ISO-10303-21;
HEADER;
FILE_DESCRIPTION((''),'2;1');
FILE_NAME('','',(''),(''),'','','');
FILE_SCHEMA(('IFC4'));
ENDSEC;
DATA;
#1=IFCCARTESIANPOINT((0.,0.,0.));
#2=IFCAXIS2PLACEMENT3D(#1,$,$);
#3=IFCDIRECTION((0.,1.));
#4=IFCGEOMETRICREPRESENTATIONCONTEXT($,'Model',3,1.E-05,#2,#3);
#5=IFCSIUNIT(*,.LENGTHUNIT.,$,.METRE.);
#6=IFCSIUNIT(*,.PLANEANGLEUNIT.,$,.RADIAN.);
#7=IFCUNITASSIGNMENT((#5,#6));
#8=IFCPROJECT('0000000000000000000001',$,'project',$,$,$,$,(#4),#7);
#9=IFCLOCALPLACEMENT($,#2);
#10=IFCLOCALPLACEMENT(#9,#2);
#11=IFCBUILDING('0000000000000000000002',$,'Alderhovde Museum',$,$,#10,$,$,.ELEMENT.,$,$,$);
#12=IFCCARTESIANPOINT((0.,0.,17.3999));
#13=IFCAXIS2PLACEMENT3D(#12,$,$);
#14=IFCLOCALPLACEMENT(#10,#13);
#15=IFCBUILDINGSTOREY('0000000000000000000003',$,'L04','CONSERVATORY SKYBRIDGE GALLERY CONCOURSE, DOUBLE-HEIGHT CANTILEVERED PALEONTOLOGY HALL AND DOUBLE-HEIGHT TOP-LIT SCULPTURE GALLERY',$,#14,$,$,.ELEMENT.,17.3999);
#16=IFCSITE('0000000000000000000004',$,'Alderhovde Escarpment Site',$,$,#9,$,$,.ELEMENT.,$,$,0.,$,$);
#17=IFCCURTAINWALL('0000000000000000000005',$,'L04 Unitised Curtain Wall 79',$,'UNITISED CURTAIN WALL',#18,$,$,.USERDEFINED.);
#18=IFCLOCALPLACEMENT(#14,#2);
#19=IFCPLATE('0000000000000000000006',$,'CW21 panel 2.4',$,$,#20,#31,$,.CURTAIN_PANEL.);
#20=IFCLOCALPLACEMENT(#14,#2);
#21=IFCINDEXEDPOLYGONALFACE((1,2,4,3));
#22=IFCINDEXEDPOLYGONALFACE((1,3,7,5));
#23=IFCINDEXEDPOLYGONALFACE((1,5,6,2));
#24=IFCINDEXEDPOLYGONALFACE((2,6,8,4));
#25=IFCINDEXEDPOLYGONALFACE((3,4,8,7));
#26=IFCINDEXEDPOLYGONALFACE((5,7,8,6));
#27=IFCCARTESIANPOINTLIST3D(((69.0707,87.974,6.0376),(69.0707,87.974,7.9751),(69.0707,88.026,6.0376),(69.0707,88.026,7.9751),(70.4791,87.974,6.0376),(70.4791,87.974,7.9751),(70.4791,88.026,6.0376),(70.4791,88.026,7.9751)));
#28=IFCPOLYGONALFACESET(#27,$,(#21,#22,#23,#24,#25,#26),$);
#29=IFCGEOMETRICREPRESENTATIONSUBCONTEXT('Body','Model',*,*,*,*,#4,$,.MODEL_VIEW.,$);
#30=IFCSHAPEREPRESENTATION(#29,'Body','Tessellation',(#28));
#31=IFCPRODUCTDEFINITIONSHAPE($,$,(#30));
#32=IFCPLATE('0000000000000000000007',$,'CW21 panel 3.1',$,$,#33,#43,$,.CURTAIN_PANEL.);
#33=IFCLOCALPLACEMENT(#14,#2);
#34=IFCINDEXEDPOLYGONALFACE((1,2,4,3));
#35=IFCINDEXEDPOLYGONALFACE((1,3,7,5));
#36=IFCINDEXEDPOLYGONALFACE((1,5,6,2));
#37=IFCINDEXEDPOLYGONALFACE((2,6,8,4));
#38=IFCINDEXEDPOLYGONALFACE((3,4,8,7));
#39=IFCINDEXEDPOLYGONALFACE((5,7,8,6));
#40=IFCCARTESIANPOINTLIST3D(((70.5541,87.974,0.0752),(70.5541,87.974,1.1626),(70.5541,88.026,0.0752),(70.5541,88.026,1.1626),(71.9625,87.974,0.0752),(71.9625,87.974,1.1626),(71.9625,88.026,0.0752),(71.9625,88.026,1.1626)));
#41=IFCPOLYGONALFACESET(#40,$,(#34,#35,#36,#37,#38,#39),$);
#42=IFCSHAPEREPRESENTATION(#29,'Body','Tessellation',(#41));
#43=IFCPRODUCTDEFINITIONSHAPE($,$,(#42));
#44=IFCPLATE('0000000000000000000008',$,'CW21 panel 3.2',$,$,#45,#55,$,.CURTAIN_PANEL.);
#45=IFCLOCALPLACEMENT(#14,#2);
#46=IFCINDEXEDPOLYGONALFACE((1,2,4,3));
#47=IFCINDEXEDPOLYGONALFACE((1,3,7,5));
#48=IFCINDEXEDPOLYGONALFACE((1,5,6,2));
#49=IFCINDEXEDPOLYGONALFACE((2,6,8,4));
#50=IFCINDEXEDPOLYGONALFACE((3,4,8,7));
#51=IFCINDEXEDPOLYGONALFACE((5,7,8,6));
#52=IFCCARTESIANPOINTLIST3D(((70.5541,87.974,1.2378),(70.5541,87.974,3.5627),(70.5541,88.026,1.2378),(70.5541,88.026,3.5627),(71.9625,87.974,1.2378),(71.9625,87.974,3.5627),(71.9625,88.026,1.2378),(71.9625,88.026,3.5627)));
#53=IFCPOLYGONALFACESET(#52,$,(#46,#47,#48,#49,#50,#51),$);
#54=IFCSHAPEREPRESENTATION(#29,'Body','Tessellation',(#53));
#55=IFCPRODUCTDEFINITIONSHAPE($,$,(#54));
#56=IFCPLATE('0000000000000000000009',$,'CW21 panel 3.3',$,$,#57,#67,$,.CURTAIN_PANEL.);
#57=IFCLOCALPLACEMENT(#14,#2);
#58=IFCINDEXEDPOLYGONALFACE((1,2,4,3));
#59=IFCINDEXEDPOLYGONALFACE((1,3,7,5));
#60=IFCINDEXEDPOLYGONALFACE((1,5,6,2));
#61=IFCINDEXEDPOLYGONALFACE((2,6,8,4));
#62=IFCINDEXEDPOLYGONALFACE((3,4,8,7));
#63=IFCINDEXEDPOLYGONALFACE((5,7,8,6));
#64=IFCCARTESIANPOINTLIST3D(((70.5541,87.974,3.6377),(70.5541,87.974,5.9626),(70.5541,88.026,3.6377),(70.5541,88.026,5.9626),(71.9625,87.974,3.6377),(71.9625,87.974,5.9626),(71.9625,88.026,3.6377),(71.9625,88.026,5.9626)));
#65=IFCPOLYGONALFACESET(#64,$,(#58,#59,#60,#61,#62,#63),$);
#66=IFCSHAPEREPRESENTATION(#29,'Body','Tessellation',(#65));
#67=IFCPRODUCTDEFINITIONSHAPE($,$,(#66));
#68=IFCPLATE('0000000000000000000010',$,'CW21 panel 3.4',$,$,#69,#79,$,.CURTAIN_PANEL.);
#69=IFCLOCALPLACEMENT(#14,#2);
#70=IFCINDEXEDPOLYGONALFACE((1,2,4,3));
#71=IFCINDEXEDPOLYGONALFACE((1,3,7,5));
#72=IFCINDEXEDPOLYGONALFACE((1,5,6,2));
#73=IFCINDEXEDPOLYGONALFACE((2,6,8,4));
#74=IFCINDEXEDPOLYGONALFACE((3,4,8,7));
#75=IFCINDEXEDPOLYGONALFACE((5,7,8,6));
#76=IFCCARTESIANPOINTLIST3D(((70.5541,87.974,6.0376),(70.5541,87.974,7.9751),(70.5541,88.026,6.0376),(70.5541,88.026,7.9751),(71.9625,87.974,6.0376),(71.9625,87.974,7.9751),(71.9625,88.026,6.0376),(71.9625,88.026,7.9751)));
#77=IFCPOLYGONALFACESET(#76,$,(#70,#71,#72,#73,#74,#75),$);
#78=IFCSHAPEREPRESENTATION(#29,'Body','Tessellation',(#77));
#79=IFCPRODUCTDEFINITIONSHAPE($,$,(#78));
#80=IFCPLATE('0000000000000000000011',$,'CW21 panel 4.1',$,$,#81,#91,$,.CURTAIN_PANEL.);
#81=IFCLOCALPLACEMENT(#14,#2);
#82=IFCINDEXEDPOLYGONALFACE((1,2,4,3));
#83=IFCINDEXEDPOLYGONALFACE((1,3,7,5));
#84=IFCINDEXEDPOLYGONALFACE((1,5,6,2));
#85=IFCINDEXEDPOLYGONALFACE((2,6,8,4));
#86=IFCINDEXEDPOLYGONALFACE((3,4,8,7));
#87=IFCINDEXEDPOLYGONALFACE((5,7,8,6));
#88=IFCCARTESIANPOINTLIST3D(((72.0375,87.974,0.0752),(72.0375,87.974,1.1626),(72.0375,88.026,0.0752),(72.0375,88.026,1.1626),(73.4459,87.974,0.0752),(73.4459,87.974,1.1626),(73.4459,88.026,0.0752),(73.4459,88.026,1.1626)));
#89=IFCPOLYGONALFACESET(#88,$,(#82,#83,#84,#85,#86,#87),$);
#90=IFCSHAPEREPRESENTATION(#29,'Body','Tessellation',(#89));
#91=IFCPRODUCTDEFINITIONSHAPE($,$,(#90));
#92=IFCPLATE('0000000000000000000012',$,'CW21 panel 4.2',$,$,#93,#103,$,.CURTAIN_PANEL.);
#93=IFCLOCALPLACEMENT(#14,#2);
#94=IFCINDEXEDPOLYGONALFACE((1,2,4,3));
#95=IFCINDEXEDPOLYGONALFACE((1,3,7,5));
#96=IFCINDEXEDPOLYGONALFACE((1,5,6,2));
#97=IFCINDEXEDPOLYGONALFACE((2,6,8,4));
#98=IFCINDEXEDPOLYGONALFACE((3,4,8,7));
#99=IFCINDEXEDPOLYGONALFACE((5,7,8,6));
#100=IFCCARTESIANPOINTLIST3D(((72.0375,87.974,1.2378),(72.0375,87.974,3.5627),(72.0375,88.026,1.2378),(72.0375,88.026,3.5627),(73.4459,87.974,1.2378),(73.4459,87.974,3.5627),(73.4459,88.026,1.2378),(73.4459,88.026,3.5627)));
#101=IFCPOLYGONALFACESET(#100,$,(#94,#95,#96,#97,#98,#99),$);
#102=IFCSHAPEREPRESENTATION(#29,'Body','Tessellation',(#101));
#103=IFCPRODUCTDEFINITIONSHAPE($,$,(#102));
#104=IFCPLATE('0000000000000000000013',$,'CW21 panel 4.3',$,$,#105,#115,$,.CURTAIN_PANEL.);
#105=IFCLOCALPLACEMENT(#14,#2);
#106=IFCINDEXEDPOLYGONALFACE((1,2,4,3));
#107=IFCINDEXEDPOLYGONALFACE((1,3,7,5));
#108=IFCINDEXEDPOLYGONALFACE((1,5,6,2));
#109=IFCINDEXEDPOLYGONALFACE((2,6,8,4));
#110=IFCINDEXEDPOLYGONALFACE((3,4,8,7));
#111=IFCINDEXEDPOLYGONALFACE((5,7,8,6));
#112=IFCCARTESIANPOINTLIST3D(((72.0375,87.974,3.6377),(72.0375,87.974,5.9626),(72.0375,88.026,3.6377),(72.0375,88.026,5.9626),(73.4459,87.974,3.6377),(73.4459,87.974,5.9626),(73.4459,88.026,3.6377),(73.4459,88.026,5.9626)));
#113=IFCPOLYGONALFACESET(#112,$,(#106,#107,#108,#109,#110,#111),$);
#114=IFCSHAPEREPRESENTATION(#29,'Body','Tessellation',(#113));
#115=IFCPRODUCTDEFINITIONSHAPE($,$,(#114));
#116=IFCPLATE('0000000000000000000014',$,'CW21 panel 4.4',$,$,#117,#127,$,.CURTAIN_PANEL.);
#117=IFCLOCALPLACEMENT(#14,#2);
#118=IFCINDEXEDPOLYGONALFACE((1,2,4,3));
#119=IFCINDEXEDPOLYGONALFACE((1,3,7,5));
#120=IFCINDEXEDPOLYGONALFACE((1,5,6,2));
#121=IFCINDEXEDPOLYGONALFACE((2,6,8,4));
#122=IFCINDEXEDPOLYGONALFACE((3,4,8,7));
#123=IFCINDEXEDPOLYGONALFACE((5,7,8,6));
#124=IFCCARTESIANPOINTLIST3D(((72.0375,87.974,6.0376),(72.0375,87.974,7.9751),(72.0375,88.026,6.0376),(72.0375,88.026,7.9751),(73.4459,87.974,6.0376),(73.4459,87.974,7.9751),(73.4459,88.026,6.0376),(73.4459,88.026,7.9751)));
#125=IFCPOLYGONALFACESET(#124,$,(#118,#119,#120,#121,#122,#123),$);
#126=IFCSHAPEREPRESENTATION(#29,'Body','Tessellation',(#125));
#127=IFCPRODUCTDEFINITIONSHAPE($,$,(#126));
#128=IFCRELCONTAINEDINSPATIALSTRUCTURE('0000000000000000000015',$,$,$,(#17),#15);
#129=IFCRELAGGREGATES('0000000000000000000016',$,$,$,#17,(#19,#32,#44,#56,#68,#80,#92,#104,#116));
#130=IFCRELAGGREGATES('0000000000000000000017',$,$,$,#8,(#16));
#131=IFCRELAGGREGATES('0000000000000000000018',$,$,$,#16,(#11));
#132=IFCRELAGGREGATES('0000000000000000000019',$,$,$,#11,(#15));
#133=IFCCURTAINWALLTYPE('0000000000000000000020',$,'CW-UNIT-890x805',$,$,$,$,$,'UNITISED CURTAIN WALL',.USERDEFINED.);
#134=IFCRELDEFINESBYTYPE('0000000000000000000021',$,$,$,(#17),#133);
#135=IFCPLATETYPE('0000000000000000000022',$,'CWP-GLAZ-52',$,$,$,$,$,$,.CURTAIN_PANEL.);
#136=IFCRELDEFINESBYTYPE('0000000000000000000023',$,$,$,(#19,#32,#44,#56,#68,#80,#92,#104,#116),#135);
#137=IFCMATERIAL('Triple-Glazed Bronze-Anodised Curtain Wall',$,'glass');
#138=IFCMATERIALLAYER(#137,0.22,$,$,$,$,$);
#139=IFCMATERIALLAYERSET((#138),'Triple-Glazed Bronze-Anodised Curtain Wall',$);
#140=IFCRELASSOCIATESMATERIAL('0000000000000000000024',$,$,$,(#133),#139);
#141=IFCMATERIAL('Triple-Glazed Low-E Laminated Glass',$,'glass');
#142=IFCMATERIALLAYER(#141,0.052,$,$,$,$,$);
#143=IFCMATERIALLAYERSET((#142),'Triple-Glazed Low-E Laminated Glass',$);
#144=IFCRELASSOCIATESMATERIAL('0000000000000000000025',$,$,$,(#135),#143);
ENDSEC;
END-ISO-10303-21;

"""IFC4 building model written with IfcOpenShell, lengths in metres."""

from ifc_helpers import new_model, si_unit, direction, frame, origin, origin_2d, place, context, subcontext, project, spatial, rectangle, extrude, material, layer, layer_set, type_object, element, aggregate, save


model = new_model("IFC4")

# Units and contexts
model_context = context("Model", 3, precision=1e-05, world=origin(), true_north=direction((0.0, 1.0)))
body_context = subcontext(model_context, "Body", "Model", "MODEL_VIEW")
ifc_project = project(units=[si_unit("LENGTHUNIT", "METRE"), si_unit("PLANEANGLEUNIT", "RADIAN")], contexts=[model_context])

# Site, building, storey
site_placement = place(None, origin())
site = spatial("IfcSite", under=ifc_project, at=site_placement, Name="Alderhovde Escarpment Site", CompositionType="ELEMENT", RefElevation=0.0)
building_placement = place(site_placement, origin())
building = spatial("IfcBuilding", under=site, at=building_placement, Name="Alderhovde Museum", CompositionType="ELEMENT")
storey_placement = place(building_placement, frame((0.0, 0.0, 17.3999)))
storey = spatial("IfcBuildingStorey", under=building, at=storey_placement, Name="L04", Description="CONSERVATORY SKYBRIDGE GALLERY CONCOURSE, DOUBLE-HEIGHT CANTILEVERED PALEONTOLOGY HALL AND DOUBLE-HEIGHT TOP-LIT SCULPTURE GALLERY", CompositionType="ELEMENT", Elevation=17.3999)

# Curtain wall
ifc_material_1 = material(Name="Triple-Glazed Bronze-Anodised Curtain Wall", Category="glass")
ifc_layer_1 = layer(ifc_material_1, 0.22)
ifc_layer_set_1 = layer_set([ifc_layer_1], Name="Triple-Glazed Bronze-Anodised Curtain Wall")
curtain_wall_type = type_object("IfcCurtainWallType", Name="CW-UNIT-890x805", ElementType="UNITISED CURTAIN WALL", PredefinedType="USERDEFINED", material=ifc_layer_set_1)
curtain_wall_placement = place(storey_placement, origin())
curtain_wall = element("IfcCurtainWall", 1, at=curtain_wall_placement, inside=storey, type_object=curtain_wall_type, Name="L04 Unitised Curtain Wall 79", ObjectType="UNITISED CURTAIN WALL", PredefinedType="USERDEFINED")

# Plates
ifc_material_2 = material(Name="Triple-Glazed Low-E Laminated Glass", Category="glass")
ifc_layer_2 = layer(ifc_material_2, 0.052)
ifc_layer_set_2 = layer_set([ifc_layer_2], Name="Triple-Glazed Low-E Laminated Glass")
plate_type = type_object("IfcPlateType", Name="CWP-GLAZ-52", PredefinedType="CURTAIN_PANEL", material=ifc_layer_set_2)
plate_1_placement = place(storey_placement, frame((69.7749, 88.0, 6.0376), z_axis=(0.0, 0.0, 1.0), x_axis=(1.0, 0.0, 0.0)))
plate_1 = element("IfcPlate", 2, at=plate_1_placement, type_object=plate_type, Name="CW21 panel 2.4", PredefinedType="CURTAIN_PANEL", context=body_context, shape_type="SweptSolid", body=[
    extrude(rectangle(XDim=1.4084, YDim=0.052, at=origin_2d()), origin(), (0.0, 0.0, 1.0), 1.9375),
])
plate_2_placement = place(storey_placement, frame((71.2583, 88.0, 0.0752), z_axis=(0.0, 0.0, 1.0), x_axis=(1.0, 0.0, 0.0)))
plate_2 = element("IfcPlate", 3, at=plate_2_placement, type_object=plate_type, Name="CW21 panel 3.1", PredefinedType="CURTAIN_PANEL", context=body_context, shape_type="SweptSolid", body=[
    extrude(rectangle(XDim=1.4084, YDim=0.052, at=origin_2d()), origin(), (0.0, 0.0, 1.0), 1.0874),
])
plate_3_placement = place(storey_placement, frame((71.2583, 88.0, 1.2378), z_axis=(0.0, 0.0, 1.0), x_axis=(1.0, 0.0, 0.0)))
plate_3 = element("IfcPlate", 4, at=plate_3_placement, type_object=plate_type, Name="CW21 panel 3.2", PredefinedType="CURTAIN_PANEL", context=body_context, shape_type="SweptSolid", body=[
    extrude(rectangle(XDim=1.4084, YDim=0.052, at=origin_2d()), origin(), (0.0, 0.0, 1.0), 2.325),
])
plate_4_placement = place(storey_placement, frame((71.2583, 88.0, 3.6377), z_axis=(0.0, 0.0, 1.0), x_axis=(1.0, 0.0, 0.0)))
plate_4 = element("IfcPlate", 5, at=plate_4_placement, type_object=plate_type, Name="CW21 panel 3.3", PredefinedType="CURTAIN_PANEL", context=body_context, shape_type="SweptSolid", body=[
    extrude(rectangle(XDim=1.4084, YDim=0.052, at=origin_2d()), origin(), (0.0, 0.0, 1.0), 2.325),
])
plate_5_placement = place(storey_placement, frame((71.2583, 88.0, 6.0376), z_axis=(0.0, 0.0, 1.0), x_axis=(1.0, 0.0, 0.0)))
plate_5 = element("IfcPlate", 6, at=plate_5_placement, type_object=plate_type, Name="CW21 panel 3.4", PredefinedType="CURTAIN_PANEL", context=body_context, shape_type="SweptSolid", body=[
    extrude(rectangle(XDim=1.4084, YDim=0.052, at=origin_2d()), origin(), (0.0, 0.0, 1.0), 1.9375),
])
plate_6_placement = place(storey_placement, frame((72.7417, 88.0, 0.0752), z_axis=(0.0, 0.0, 1.0), x_axis=(1.0, 0.0, 0.0)))
plate_6 = element("IfcPlate", 7, at=plate_6_placement, type_object=plate_type, Name="CW21 panel 4.1", PredefinedType="CURTAIN_PANEL", context=body_context, shape_type="SweptSolid", body=[
    extrude(rectangle(XDim=1.4084, YDim=0.052, at=origin_2d()), origin(), (0.0, 0.0, 1.0), 1.0874),
])
plate_7_placement = place(storey_placement, frame((72.7417, 88.0, 1.2378), z_axis=(0.0, 0.0, 1.0), x_axis=(1.0, 0.0, 0.0)))
plate_7 = element("IfcPlate", 8, at=plate_7_placement, type_object=plate_type, Name="CW21 panel 4.2", PredefinedType="CURTAIN_PANEL", context=body_context, shape_type="SweptSolid", body=[
    extrude(rectangle(XDim=1.4084, YDim=0.052, at=origin_2d()), origin(), (0.0, 0.0, 1.0), 2.325),
])
plate_8_placement = place(storey_placement, frame((72.7417, 88.0, 3.6377), z_axis=(0.0, 0.0, 1.0), x_axis=(1.0, 0.0, 0.0)))
plate_8 = element("IfcPlate", 9, at=plate_8_placement, type_object=plate_type, Name="CW21 panel 4.3", PredefinedType="CURTAIN_PANEL", context=body_context, shape_type="SweptSolid", body=[
    extrude(rectangle(XDim=1.4084, YDim=0.052, at=origin_2d()), origin(), (0.0, 0.0, 1.0), 2.325),
])
plate_9_placement = place(storey_placement, frame((72.7417, 88.0, 6.0376), z_axis=(0.0, 0.0, 1.0), x_axis=(1.0, 0.0, 0.0)))
plate_9 = element("IfcPlate", 10, at=plate_9_placement, type_object=plate_type, Name="CW21 panel 4.4", PredefinedType="CURTAIN_PANEL", context=body_context, shape_type="SweptSolid", body=[
    extrude(rectangle(XDim=1.4084, YDim=0.052, at=origin_2d()), origin(), (0.0, 0.0, 1.0), 1.9375),
])
aggregate(curtain_wall, [plate_1, plate_2, plate_3, plate_4, plate_5, plate_6, plate_7, plate_8, plate_9])

save(model, "model.ifc")
